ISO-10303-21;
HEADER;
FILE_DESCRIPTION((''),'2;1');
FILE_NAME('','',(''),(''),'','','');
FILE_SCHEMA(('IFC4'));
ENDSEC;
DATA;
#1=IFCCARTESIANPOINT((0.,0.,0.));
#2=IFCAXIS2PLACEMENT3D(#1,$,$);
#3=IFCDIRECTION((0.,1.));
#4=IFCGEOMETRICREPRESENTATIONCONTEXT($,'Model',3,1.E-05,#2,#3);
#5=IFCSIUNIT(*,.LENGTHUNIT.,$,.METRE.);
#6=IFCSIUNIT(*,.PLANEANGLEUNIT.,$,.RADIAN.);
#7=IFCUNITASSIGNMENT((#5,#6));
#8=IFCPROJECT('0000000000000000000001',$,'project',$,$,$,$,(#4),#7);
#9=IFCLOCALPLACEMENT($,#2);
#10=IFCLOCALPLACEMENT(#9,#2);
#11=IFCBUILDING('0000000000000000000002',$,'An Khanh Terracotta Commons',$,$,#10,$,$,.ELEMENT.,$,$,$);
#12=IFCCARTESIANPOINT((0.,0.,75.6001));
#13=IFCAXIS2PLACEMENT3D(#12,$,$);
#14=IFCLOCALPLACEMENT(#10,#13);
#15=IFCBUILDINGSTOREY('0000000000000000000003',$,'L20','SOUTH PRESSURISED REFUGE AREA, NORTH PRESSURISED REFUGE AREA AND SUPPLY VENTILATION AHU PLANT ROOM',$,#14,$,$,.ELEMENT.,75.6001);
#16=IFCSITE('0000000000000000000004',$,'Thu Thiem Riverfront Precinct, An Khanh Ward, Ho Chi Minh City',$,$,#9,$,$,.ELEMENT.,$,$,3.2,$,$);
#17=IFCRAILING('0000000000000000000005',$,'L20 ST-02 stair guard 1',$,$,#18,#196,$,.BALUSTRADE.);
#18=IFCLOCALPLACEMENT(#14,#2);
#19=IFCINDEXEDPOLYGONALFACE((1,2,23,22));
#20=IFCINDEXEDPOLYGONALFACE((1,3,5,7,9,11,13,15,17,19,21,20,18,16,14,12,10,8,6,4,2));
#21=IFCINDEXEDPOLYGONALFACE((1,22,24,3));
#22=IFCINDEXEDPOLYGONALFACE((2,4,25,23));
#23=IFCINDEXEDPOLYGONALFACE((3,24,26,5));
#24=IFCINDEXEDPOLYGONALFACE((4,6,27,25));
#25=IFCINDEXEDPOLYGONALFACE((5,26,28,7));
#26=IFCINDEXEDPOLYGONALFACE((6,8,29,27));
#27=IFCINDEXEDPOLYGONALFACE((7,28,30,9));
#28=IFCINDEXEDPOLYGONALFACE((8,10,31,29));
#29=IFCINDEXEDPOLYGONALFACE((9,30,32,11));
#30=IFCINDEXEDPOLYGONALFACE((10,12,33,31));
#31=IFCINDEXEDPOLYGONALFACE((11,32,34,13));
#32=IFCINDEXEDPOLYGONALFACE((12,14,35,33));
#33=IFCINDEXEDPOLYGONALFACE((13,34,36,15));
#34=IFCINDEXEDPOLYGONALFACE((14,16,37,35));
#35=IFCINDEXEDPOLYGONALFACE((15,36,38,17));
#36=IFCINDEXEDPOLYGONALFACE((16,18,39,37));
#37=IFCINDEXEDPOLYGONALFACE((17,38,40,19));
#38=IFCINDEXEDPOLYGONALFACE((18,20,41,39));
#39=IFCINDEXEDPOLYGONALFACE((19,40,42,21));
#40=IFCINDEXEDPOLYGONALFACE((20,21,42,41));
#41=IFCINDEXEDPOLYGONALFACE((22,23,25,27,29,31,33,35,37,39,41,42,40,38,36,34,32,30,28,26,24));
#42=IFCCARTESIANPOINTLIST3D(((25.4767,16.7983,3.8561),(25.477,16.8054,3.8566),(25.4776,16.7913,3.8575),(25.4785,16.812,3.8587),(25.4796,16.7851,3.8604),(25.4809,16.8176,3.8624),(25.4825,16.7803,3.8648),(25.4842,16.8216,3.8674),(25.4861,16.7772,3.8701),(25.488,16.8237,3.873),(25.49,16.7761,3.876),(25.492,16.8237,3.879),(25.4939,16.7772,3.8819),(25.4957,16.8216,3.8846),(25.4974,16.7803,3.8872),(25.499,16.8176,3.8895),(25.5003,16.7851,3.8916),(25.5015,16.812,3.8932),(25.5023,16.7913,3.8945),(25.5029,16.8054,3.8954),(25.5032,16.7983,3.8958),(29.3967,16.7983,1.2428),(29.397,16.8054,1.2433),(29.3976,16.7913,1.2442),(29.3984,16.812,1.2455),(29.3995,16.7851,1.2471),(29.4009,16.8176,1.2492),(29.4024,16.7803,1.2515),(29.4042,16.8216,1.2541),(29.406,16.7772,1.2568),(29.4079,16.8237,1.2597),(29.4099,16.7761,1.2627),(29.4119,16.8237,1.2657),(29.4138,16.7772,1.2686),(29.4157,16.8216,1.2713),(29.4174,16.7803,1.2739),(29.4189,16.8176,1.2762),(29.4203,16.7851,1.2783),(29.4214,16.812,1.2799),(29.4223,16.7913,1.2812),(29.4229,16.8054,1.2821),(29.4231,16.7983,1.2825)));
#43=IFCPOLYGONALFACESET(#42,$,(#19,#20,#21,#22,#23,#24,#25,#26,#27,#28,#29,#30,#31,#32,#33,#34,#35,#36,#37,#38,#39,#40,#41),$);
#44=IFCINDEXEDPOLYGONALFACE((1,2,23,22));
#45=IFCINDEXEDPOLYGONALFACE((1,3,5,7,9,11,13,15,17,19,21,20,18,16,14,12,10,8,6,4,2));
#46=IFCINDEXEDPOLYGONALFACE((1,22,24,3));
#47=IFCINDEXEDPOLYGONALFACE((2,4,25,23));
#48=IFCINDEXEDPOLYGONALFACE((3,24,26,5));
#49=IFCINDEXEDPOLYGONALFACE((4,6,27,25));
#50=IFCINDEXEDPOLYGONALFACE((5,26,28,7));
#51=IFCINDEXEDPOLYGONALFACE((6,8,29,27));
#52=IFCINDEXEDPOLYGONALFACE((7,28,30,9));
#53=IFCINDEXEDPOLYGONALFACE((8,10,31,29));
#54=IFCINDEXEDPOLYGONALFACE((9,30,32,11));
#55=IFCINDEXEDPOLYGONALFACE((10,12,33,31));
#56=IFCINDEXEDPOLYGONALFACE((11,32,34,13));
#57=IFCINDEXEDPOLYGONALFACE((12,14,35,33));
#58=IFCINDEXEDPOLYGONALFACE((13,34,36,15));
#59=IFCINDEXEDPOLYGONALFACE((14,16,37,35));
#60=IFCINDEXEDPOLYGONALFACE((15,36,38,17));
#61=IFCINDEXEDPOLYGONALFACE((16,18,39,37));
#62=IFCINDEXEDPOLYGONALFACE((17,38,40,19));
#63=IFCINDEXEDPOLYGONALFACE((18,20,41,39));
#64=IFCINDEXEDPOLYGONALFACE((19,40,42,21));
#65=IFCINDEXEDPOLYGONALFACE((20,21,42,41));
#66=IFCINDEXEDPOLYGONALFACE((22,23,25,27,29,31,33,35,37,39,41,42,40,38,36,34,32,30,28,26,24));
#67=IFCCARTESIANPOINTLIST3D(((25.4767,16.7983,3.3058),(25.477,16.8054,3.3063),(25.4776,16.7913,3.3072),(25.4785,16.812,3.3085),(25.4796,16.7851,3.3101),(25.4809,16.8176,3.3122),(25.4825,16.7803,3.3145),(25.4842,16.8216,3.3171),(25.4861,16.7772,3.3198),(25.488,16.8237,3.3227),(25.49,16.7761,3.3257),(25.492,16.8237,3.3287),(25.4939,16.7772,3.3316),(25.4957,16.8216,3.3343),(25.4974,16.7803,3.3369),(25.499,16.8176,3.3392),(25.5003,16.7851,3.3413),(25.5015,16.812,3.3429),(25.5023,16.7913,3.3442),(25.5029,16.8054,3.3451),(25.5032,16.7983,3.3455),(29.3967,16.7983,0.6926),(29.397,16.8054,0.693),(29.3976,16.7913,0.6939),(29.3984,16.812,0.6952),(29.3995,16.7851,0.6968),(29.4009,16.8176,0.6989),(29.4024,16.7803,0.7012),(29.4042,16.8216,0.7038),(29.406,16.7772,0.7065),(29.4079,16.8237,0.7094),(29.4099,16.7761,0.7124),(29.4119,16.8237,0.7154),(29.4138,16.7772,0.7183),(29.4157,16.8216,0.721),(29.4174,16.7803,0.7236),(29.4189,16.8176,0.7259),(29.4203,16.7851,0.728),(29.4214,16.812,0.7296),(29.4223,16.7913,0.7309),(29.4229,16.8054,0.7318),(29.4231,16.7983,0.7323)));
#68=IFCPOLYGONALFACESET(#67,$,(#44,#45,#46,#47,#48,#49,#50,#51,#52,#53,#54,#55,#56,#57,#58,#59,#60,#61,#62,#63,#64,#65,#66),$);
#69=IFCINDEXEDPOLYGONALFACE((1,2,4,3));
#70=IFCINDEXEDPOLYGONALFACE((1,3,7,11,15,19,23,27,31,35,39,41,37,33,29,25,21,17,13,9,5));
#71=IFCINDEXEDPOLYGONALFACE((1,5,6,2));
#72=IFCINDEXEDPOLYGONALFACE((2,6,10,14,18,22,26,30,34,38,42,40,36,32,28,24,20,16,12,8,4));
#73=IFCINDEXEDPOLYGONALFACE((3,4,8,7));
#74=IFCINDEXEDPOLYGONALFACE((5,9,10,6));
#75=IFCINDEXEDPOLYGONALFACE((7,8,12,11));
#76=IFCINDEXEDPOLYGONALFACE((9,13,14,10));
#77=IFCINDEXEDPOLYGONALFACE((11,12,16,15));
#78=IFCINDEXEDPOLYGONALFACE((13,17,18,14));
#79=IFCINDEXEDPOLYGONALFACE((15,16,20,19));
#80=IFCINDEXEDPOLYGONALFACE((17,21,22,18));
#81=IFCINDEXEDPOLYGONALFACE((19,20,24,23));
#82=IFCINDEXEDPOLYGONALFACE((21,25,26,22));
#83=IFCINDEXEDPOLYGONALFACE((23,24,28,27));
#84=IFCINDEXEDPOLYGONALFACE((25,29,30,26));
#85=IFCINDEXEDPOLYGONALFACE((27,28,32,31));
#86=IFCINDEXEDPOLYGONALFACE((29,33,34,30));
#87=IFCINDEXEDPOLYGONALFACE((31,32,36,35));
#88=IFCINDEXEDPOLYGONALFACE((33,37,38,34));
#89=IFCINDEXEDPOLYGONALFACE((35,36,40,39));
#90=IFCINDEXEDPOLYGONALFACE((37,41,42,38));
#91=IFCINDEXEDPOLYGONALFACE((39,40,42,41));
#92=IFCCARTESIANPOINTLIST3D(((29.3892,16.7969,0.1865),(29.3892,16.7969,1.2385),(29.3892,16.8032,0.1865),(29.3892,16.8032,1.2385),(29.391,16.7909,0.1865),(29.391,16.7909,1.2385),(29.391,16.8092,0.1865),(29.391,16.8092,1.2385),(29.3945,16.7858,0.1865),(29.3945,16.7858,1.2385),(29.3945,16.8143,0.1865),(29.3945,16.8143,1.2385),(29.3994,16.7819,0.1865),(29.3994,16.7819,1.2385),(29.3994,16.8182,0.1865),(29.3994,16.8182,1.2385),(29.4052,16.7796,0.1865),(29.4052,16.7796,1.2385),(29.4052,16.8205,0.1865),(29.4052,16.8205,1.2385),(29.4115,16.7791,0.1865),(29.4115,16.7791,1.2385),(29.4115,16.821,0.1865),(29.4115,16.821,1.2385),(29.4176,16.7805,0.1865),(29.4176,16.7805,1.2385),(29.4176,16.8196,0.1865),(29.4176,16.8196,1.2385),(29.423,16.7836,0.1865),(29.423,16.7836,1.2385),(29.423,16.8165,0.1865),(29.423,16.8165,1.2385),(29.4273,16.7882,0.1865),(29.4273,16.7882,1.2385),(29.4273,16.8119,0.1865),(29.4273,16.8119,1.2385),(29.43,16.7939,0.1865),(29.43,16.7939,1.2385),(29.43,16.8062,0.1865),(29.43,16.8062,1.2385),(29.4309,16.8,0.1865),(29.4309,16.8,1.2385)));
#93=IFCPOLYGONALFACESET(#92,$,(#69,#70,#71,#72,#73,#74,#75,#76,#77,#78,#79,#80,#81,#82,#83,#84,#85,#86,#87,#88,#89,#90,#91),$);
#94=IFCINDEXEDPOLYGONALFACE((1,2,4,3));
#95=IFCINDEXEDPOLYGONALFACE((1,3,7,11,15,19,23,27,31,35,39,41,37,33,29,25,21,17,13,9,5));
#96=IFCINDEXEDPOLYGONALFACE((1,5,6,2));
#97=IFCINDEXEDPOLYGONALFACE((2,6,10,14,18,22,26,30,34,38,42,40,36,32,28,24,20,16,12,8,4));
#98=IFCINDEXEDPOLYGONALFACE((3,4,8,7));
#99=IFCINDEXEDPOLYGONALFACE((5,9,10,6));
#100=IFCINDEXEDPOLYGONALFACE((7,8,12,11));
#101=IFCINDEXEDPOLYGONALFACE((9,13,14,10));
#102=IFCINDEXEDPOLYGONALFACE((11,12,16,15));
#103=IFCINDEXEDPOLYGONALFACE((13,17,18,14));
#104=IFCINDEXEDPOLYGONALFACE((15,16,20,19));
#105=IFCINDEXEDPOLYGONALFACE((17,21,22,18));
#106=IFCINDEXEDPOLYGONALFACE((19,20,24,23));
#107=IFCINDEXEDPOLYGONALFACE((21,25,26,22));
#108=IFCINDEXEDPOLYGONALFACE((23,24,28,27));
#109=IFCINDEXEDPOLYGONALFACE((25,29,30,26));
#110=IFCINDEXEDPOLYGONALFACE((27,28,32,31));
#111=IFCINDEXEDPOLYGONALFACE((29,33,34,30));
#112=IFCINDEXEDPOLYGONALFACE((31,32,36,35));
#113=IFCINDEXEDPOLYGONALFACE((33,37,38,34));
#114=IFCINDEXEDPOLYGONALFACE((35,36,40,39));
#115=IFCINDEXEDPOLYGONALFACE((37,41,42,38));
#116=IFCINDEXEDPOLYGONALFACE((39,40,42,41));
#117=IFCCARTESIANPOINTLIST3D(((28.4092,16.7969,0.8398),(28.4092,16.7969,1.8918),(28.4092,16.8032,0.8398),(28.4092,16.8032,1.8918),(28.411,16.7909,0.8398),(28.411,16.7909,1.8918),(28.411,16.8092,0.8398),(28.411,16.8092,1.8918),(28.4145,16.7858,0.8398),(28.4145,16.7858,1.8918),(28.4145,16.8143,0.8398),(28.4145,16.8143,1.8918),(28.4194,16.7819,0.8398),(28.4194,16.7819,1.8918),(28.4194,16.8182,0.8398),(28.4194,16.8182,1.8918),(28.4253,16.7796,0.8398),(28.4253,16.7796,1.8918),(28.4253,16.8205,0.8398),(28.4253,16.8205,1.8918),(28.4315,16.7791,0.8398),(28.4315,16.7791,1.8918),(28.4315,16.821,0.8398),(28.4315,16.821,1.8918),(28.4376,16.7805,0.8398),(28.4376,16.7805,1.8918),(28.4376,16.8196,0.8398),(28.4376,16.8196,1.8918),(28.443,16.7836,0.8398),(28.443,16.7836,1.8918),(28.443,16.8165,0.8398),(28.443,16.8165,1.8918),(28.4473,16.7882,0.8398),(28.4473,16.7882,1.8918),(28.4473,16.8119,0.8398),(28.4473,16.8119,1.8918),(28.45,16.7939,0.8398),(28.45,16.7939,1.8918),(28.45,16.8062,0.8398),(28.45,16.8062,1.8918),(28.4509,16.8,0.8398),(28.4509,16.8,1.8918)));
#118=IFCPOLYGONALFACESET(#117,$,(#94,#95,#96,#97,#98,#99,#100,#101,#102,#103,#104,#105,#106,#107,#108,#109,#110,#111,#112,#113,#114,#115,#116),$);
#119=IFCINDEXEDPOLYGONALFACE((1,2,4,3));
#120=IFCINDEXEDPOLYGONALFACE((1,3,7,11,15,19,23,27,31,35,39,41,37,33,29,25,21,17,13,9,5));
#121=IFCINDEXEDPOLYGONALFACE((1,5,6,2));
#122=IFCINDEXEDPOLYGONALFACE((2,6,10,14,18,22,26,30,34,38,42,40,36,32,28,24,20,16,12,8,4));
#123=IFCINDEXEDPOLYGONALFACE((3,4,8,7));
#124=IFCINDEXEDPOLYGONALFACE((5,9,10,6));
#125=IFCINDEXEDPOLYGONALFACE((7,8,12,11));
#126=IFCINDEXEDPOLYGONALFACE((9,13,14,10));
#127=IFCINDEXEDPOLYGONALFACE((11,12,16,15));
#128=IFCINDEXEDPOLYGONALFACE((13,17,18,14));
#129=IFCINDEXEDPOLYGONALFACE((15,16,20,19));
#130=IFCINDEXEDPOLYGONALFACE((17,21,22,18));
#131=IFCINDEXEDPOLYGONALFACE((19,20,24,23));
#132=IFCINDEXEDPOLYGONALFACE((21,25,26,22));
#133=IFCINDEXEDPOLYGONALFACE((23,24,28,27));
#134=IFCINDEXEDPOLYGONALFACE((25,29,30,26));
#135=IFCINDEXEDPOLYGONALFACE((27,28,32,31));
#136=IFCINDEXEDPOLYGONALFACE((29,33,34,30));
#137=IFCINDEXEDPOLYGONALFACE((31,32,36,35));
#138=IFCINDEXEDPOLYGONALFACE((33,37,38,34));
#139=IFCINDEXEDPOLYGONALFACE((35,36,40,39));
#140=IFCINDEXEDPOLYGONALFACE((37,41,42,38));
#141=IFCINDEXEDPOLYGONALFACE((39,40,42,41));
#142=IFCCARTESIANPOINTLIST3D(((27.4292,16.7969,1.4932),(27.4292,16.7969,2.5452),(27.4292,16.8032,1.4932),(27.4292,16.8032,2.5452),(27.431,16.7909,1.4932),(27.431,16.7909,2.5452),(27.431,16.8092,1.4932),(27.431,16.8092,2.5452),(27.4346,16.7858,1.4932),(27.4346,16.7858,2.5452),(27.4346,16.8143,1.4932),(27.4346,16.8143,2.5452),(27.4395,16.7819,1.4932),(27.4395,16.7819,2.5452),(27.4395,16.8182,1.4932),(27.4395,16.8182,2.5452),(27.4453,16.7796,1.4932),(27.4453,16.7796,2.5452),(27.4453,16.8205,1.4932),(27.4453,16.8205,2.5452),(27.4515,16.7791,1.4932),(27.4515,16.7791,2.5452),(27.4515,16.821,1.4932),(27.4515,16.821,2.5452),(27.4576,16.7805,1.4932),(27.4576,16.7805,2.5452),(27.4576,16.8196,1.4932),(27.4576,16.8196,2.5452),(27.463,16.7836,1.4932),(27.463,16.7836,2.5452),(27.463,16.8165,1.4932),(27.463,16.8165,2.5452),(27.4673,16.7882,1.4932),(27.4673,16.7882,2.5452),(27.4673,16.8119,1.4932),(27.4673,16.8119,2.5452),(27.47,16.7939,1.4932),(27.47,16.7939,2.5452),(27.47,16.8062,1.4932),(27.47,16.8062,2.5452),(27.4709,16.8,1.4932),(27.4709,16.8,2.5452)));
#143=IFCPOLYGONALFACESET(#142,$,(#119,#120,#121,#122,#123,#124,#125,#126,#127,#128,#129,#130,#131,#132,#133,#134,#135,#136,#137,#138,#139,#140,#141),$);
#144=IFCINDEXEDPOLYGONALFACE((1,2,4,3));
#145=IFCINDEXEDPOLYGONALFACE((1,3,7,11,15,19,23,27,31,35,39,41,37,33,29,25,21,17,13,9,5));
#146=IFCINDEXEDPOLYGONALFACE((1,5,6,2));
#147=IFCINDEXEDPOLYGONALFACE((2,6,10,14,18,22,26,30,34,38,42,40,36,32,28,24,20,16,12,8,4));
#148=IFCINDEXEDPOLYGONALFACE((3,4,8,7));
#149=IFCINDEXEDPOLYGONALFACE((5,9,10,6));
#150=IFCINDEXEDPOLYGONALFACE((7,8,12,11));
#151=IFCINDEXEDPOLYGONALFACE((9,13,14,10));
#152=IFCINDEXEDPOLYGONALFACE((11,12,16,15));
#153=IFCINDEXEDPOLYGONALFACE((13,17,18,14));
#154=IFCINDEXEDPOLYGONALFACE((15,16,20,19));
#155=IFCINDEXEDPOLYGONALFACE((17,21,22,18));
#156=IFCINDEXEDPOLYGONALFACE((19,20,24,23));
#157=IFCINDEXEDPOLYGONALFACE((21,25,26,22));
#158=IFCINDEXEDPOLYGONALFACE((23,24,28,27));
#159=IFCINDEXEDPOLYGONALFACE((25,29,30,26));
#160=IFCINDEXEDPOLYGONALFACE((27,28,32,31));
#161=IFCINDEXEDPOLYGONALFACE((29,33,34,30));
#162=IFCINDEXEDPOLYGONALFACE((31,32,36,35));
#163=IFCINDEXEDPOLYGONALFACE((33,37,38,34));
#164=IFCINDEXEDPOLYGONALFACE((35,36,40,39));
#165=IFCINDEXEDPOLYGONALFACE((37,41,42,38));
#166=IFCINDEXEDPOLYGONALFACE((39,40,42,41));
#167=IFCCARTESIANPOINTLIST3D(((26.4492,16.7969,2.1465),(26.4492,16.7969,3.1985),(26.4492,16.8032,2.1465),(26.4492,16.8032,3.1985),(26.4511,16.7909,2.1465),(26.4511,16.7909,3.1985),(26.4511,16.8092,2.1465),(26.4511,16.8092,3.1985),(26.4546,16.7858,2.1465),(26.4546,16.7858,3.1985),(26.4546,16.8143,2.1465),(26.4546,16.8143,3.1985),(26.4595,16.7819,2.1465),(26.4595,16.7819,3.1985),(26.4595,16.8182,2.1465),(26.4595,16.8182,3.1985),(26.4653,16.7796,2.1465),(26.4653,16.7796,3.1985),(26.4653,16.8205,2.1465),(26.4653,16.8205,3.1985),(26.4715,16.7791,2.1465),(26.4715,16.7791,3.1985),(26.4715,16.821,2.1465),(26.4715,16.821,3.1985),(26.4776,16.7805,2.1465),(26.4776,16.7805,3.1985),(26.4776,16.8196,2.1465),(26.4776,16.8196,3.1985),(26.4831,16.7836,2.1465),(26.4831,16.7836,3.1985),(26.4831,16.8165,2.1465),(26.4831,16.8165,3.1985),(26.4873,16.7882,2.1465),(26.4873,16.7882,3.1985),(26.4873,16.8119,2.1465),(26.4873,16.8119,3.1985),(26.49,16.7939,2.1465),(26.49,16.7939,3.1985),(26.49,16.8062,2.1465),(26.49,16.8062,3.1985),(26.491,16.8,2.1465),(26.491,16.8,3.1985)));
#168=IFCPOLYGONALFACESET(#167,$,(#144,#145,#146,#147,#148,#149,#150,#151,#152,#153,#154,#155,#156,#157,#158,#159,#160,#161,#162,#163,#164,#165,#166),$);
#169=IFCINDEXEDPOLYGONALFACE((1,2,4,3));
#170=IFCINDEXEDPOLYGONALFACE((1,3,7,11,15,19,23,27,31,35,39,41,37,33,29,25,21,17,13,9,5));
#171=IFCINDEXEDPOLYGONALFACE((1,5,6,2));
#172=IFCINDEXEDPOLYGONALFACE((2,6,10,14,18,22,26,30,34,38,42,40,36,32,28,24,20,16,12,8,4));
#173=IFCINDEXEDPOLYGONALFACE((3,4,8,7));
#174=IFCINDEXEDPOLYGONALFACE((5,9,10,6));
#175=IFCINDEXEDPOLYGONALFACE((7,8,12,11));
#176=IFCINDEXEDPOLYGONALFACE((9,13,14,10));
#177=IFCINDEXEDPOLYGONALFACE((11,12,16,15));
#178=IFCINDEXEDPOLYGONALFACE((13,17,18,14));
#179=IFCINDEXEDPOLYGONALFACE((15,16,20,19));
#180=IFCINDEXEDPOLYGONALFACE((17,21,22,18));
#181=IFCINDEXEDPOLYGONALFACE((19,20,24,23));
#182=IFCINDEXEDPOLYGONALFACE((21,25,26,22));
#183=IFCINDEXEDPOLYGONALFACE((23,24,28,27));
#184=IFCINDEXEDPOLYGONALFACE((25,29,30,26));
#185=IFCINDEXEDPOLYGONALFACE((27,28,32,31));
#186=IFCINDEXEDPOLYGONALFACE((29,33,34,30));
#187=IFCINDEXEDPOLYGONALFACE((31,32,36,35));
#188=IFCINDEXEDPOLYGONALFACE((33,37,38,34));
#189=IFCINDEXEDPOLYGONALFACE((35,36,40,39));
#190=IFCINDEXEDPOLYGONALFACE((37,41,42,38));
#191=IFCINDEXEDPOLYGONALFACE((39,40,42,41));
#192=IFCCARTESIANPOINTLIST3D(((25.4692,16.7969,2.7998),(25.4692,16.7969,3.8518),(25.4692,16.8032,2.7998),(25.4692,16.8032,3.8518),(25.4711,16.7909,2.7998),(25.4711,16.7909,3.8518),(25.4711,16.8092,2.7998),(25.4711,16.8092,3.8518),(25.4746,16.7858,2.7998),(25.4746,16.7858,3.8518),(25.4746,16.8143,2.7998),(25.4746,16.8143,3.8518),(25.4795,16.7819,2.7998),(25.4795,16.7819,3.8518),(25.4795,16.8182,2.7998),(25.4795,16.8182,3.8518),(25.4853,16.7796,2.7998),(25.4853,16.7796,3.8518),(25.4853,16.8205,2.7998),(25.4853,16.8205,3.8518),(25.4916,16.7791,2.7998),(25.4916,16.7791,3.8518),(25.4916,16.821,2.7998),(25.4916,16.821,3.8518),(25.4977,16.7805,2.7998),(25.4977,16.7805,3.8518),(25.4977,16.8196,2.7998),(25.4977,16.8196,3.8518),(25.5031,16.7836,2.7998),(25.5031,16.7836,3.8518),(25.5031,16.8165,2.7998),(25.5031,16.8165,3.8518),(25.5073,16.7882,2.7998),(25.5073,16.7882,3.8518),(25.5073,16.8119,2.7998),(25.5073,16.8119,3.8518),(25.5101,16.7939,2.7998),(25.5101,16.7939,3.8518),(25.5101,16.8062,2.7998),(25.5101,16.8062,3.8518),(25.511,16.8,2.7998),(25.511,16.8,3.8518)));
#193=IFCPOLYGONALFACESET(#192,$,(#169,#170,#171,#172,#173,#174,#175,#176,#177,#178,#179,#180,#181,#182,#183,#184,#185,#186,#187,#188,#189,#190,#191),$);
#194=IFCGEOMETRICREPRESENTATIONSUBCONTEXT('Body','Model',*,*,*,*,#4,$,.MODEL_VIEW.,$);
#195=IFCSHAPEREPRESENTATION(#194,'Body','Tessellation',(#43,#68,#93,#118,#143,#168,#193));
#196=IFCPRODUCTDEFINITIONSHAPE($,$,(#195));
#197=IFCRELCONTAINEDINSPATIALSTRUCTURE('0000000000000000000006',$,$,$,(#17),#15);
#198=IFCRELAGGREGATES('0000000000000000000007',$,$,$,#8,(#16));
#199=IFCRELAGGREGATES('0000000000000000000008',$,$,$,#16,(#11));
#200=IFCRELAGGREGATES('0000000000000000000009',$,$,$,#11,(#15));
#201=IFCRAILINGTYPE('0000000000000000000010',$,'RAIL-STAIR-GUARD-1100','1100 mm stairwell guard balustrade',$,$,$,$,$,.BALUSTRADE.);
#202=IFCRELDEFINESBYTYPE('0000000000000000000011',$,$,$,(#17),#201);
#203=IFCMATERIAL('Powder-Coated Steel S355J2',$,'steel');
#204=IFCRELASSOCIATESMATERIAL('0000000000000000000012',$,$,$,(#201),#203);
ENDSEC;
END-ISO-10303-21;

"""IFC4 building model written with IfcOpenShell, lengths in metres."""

from ifc_helpers import new_model, si_unit, direction, frame, origin, origin_2d, place, context, subcontext, project, spatial, circle, extrude, material, type_object, element, save


model = new_model("IFC4")

# Units and contexts
model_context = context("Model", 3, precision=1e-05, world=origin(), true_north=direction((0.0, 1.0)))
body_context = subcontext(model_context, "Body", "Model", "MODEL_VIEW")
ifc_project = project(units=[si_unit("LENGTHUNIT", "METRE"), si_unit("PLANEANGLEUNIT", "RADIAN")], contexts=[model_context])

# Site, building, storey
site_placement = place(None, origin())
site = spatial("IfcSite", under=ifc_project, at=site_placement, Name="Thu Thiem Riverfront Precinct, An Khanh Ward, Ho Chi Minh City", CompositionType="ELEMENT", RefElevation=3.2)
building_placement = place(site_placement, origin())
building = spatial("IfcBuilding", under=site, at=building_placement, Name="An Khanh Terracotta Commons", CompositionType="ELEMENT")
storey_placement = place(building_placement, frame((0.0, 0.0, 75.6001)))
storey = spatial("IfcBuildingStorey", under=building, at=storey_placement, Name="L20", Description="SOUTH PRESSURISED REFUGE AREA, NORTH PRESSURISED REFUGE AREA AND SUPPLY VENTILATION AHU PLANT ROOM", CompositionType="ELEMENT", Elevation=75.6001)

# Railing
ifc_material_1 = material(Name="Powder-Coated Steel S355J2", Category="steel")
railing_type_1 = type_object("IfcRailingType", Name="RAIL-STAIR-GUARD-1100", Description="1100 mm stairwell guard balustrade", PredefinedType="BALUSTRADE", material=ifc_material_1)
railing_1_placement = place(storey_placement, frame((29.4099, 16.8, 0.1865)))
element("IfcRailing", 1, at=railing_1_placement, inside=storey, type_object=railing_type_1, Name="L20 ST-02 stair guard 1", PredefinedType="BALUSTRADE", context=body_context, shape_type="SweptSolid", body=[
    extrude(circle(Radius=0.0239, at=origin_2d()), frame((0.0, 0.0, 1.0762), z_axis=(-0.83205, 0.0, 0.5547), x_axis=(0.0, -1.0, 0.0)), (0.0, 0.0, 1.0), 4.7112),
    extrude(circle(Radius=0.0239, at=origin_2d()), frame((0.0, 0.0, 0.5259), z_axis=(-0.83205, 0.0, 0.5547), x_axis=(0.0, -1.0, 0.0)), (0.0, 0.0, 1.0), 4.7112),
    extrude(circle(Radius=0.021, at=origin_2d()), origin(), (0.0, 0.0, 1.0), 1.052),
    extrude(circle(Radius=0.021, at=origin_2d()), frame((-0.98, 0.0, 0.6533)), (0.0, 0.0, 1.0), 1.052),
    extrude(circle(Radius=0.021, at=origin_2d()), frame((-1.96, 0.0, 1.3066)), (0.0, 0.0, 1.0), 1.052),
    extrude(circle(Radius=0.021, at=origin_2d()), frame((-2.9399, 0.0, 1.96)), (0.0, 0.0, 1.0), 1.052),
    extrude(circle(Radius=0.021, at=origin_2d()), frame((-3.9199, 0.0, 2.6133)), (0.0, 0.0, 1.0), 1.052),
])

save(model, "model.ifc")
